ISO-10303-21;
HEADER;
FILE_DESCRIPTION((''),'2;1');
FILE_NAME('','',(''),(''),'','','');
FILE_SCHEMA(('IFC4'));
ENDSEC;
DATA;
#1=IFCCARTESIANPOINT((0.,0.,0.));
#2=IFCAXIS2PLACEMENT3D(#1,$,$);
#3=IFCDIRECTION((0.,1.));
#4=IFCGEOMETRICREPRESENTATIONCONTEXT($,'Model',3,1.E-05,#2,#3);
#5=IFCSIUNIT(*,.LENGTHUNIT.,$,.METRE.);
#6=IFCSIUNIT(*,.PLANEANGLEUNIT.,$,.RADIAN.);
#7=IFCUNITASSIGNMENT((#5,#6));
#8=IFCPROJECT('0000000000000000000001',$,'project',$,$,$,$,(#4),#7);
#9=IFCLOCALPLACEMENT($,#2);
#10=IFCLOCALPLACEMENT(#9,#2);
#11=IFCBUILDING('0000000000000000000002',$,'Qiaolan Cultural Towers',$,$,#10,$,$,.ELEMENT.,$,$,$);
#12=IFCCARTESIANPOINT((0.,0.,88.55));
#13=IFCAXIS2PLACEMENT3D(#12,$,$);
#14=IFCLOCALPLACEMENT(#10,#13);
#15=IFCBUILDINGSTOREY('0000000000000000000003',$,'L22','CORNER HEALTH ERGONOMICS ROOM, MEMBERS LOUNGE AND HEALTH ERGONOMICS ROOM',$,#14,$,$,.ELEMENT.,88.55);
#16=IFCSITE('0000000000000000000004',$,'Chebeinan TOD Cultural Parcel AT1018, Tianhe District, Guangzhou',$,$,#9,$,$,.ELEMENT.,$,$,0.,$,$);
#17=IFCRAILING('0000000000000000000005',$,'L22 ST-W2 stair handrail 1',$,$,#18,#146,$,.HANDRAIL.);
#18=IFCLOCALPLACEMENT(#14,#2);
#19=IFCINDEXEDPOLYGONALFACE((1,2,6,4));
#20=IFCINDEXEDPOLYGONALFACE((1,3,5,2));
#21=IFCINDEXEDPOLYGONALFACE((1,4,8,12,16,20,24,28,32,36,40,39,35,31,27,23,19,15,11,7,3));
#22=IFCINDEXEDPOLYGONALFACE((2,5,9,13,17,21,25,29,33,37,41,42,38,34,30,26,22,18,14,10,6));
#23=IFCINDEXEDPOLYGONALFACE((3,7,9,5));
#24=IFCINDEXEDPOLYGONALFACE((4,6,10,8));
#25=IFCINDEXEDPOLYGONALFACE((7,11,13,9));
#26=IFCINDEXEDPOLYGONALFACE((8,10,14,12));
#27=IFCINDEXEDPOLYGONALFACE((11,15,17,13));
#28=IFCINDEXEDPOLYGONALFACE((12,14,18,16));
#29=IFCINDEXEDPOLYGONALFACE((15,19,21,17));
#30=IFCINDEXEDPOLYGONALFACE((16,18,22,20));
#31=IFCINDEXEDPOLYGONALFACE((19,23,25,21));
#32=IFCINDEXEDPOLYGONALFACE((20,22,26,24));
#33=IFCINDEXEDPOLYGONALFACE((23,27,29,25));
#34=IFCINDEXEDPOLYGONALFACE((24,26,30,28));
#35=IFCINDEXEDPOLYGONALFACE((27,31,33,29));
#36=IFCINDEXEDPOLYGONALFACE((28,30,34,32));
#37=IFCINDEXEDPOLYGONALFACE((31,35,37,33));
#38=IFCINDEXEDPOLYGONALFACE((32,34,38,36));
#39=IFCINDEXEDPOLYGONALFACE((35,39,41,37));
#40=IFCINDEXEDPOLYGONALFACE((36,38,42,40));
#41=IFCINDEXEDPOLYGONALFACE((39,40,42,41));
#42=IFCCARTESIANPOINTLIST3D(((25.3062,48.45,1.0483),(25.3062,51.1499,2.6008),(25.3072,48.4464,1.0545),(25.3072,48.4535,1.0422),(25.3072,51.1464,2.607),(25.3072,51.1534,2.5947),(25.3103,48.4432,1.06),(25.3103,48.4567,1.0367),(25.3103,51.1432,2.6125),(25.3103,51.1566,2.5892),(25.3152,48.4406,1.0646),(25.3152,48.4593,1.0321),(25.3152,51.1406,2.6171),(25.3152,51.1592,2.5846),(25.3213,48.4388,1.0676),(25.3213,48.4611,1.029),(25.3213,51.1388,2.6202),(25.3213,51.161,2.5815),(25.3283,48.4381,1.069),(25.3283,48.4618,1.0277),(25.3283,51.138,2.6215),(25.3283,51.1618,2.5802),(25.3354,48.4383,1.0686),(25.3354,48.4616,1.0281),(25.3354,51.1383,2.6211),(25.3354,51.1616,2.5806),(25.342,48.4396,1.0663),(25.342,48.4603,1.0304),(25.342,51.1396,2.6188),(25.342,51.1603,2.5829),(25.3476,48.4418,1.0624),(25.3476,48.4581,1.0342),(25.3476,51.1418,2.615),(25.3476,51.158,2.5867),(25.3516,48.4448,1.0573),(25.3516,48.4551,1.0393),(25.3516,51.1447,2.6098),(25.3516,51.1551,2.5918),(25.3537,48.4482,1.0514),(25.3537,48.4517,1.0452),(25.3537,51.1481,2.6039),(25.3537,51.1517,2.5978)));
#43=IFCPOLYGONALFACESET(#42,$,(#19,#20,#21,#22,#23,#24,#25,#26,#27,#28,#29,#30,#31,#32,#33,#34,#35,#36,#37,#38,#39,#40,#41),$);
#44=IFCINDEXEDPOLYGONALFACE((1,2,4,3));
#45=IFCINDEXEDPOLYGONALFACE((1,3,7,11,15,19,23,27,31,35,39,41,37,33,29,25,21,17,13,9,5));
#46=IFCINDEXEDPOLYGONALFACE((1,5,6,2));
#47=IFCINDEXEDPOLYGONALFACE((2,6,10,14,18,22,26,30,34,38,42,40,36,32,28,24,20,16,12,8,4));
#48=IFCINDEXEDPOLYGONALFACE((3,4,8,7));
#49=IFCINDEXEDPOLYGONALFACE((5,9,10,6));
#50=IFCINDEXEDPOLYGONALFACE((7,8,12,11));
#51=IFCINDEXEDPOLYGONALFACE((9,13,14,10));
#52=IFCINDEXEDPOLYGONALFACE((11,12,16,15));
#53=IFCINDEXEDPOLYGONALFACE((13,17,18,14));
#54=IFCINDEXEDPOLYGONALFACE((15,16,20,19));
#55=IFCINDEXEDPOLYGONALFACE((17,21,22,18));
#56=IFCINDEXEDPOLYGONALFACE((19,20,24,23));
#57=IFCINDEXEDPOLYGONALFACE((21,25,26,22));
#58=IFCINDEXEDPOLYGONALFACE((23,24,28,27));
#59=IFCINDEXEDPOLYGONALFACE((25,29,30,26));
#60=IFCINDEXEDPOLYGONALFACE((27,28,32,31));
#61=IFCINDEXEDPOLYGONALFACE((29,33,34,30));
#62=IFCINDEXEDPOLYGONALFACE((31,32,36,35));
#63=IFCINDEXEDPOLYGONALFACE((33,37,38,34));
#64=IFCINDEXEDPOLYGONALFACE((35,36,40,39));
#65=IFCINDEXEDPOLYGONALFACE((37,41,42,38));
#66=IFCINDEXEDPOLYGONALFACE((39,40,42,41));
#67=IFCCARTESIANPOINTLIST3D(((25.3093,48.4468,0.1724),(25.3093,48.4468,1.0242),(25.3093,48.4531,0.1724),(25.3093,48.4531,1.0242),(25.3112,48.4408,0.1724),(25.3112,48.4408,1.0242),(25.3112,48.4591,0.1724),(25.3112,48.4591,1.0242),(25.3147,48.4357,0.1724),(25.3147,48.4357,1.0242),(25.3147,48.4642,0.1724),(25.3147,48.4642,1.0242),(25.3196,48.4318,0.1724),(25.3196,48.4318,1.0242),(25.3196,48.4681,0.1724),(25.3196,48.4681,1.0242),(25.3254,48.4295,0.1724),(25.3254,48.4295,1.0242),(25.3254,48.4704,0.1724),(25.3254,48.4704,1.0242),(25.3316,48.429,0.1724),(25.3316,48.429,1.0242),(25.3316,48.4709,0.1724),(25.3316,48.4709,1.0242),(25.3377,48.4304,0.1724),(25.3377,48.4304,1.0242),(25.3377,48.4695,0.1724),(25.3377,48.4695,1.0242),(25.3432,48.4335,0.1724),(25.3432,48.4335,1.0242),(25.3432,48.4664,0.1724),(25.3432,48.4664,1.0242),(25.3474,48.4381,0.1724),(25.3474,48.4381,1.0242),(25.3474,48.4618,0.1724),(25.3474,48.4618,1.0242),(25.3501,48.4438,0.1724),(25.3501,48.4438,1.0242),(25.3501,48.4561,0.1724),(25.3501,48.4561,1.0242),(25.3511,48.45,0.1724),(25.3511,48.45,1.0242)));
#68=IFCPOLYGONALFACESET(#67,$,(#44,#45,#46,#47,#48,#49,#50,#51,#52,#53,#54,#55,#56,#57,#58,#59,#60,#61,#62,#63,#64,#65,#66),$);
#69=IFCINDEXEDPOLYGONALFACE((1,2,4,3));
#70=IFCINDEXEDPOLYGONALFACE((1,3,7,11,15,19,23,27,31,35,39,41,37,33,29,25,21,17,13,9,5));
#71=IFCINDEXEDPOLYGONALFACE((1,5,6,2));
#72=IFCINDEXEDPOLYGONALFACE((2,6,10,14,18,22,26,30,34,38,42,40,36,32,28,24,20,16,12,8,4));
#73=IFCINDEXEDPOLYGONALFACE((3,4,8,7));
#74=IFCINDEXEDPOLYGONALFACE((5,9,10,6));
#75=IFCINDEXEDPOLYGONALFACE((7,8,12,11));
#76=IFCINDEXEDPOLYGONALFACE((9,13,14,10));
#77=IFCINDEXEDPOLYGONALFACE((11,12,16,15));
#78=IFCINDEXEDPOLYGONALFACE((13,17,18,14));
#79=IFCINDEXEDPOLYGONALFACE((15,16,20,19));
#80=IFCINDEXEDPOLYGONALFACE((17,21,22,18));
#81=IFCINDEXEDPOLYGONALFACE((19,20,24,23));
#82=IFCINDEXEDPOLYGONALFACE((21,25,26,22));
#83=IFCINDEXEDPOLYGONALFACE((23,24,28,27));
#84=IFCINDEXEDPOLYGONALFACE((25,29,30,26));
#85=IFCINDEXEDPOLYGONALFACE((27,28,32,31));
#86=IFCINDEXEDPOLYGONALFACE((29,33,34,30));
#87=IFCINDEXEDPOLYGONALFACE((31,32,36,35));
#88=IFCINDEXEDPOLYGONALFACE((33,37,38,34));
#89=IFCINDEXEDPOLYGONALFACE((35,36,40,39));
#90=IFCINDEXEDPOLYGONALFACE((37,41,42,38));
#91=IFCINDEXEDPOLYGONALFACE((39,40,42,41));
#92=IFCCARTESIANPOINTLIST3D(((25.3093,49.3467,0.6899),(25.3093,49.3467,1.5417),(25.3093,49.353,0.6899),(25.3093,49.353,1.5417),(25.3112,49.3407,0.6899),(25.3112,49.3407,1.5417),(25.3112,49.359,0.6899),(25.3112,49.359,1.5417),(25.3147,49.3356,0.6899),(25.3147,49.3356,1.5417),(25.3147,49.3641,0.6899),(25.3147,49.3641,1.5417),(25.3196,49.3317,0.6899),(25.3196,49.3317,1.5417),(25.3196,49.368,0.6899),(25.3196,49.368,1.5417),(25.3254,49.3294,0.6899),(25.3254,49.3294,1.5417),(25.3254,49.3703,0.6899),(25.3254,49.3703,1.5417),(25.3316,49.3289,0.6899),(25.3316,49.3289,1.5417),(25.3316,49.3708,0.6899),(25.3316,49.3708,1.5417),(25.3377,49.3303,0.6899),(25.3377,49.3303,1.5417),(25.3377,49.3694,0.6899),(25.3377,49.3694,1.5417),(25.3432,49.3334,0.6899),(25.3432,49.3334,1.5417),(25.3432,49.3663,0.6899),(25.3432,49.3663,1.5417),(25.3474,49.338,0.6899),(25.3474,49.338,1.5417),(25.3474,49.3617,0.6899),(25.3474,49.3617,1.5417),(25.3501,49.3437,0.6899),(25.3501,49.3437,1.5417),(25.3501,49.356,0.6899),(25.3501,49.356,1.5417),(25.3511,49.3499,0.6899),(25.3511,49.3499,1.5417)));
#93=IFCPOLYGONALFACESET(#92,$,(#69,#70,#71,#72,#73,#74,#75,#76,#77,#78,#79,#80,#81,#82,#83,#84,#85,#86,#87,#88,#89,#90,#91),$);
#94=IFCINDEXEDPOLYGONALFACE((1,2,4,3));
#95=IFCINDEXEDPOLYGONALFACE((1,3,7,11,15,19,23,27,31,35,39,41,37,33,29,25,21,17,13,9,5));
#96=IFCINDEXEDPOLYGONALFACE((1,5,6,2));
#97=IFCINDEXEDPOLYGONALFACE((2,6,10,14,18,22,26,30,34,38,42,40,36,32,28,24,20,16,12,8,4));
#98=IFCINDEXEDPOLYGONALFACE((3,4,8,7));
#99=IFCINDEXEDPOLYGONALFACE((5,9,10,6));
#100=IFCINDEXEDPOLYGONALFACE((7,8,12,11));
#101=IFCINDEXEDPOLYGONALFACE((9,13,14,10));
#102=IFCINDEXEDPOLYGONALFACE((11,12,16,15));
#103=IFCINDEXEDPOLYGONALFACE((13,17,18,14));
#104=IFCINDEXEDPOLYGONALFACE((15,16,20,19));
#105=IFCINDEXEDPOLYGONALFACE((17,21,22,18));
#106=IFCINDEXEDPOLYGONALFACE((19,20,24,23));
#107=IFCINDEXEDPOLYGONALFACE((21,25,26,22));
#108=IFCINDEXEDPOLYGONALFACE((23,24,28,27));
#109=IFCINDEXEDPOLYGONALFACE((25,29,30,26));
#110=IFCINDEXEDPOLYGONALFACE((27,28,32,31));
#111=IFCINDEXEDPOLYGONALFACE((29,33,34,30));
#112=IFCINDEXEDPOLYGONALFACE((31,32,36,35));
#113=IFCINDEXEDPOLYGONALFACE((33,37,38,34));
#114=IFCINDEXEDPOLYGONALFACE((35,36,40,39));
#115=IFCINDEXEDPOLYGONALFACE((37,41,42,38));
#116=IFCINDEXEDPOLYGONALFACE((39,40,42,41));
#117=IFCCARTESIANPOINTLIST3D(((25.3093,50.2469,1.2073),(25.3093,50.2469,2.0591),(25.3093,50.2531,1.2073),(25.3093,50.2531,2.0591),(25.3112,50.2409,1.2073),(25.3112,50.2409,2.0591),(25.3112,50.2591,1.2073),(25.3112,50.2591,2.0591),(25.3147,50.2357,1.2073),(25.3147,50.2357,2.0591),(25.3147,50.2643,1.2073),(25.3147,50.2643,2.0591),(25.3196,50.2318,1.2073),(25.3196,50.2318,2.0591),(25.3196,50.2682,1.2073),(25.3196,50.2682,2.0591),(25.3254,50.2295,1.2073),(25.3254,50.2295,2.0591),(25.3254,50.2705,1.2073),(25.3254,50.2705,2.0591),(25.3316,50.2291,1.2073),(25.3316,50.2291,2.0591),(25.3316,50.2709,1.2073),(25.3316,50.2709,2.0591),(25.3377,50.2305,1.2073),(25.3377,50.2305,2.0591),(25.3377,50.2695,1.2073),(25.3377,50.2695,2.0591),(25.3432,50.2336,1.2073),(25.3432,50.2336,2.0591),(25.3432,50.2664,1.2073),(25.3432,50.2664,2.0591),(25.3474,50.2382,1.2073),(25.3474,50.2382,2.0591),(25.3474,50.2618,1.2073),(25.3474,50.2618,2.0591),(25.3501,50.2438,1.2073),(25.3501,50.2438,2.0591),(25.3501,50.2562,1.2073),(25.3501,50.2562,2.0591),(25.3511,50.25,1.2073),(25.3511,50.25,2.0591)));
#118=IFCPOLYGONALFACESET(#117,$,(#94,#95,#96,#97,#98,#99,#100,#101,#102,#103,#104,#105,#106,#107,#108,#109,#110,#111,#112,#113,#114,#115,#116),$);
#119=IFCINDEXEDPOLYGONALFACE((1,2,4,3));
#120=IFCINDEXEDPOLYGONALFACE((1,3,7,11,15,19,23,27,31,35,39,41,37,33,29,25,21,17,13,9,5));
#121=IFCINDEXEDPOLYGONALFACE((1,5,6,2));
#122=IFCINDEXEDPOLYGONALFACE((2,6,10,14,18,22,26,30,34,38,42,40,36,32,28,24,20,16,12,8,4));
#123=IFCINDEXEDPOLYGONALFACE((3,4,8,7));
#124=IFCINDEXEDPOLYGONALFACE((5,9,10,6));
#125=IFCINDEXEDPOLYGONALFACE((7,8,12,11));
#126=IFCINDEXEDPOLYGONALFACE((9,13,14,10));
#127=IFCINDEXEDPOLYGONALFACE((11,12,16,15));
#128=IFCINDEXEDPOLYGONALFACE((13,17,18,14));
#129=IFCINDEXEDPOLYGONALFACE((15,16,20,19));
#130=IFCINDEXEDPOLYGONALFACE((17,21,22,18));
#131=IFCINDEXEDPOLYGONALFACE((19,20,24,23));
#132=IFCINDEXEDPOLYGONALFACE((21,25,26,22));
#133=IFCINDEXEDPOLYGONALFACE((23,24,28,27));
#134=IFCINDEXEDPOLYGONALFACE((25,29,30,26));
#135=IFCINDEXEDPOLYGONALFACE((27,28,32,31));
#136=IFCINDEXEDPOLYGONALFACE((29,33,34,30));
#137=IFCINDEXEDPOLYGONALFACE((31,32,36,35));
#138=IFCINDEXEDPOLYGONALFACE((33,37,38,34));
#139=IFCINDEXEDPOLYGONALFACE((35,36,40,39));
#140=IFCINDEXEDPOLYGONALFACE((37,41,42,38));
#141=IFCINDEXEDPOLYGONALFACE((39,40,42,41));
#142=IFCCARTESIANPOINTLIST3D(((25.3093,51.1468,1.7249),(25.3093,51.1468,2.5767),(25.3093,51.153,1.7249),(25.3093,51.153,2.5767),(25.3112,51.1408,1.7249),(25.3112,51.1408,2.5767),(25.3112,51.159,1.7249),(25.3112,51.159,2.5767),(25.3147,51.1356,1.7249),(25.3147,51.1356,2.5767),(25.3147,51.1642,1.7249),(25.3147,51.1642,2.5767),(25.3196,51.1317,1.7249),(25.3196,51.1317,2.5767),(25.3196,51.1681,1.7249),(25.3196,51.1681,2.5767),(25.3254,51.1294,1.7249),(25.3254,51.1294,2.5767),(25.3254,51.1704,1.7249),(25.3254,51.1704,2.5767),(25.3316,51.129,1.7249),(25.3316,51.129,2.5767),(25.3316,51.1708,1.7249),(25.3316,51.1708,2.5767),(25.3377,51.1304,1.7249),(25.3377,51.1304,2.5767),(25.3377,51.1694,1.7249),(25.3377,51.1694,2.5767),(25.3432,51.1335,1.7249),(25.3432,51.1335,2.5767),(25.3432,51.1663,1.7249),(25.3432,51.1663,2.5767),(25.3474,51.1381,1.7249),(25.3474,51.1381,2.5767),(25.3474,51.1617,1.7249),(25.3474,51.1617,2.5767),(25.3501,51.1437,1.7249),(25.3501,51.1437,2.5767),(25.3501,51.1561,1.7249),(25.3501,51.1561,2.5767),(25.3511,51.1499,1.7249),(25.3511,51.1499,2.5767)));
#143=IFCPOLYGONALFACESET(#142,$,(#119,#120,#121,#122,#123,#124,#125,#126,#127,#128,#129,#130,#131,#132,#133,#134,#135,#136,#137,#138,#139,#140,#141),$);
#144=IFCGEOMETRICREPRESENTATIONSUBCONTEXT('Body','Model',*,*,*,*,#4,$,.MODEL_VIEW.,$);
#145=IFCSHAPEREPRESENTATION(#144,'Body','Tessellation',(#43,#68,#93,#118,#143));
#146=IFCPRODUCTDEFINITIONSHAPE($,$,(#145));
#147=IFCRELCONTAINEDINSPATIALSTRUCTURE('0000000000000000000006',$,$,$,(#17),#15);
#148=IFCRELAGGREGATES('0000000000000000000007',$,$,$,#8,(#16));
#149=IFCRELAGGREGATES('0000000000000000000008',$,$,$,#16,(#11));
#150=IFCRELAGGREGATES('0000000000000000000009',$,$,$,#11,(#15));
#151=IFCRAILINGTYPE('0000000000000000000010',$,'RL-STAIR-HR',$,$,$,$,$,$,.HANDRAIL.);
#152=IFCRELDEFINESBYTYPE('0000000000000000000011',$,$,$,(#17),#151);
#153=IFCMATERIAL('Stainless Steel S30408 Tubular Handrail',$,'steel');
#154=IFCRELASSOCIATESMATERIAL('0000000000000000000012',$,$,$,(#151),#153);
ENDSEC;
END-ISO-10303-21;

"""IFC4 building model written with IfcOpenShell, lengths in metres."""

from ifc_helpers import new_model, si_unit, direction, frame, origin, origin_2d, place, context, subcontext, project, spatial, circle, extrude, material, type_object, element, save


model = new_model("IFC4")

# Units and contexts
model_context = context("Model", 3, precision=1e-05, world=origin(), true_north=direction((0.0, 1.0)))
body_context = subcontext(model_context, "Body", "Model", "MODEL_VIEW")
ifc_project = project(units=[si_unit("LENGTHUNIT", "METRE"), si_unit("PLANEANGLEUNIT", "RADIAN")], contexts=[model_context])

# Site, building, storey
site_placement = place(None, origin())
site = spatial("IfcSite", under=ifc_project, at=site_placement, Name="Chebeinan TOD Cultural Parcel AT1018, Tianhe District, Guangzhou", CompositionType="ELEMENT", RefElevation=0.0)
building_placement = place(site_placement, origin())
building = spatial("IfcBuilding", under=site, at=building_placement, Name="Qiaolan Cultural Towers", CompositionType="ELEMENT")
storey_placement = place(building_placement, frame((0.0, 0.0, 88.55)))
storey = spatial("IfcBuildingStorey", under=building, at=storey_placement, Name="L22", Description="CORNER HEALTH ERGONOMICS ROOM, MEMBERS LOUNGE AND HEALTH ERGONOMICS ROOM", CompositionType="ELEMENT", Elevation=88.55)

# Railing
ifc_material_1 = material(Name="Stainless Steel S30408 Tubular Handrail", Category="steel")
railing_type_1 = type_object("IfcRailingType", Name="RL-STAIR-HR", PredefinedType="HANDRAIL", material=ifc_material_1)
railing_1_placement = place(storey_placement, frame((25.3301, 48.45, 0.1724)))
element("IfcRailing", 1, at=railing_1_placement, inside=storey, type_object=railing_type_1, Name="L22 ST-W2 stair handrail 1", PredefinedType="HANDRAIL", context=body_context, shape_type="SweptSolid", body=[
    extrude(circle(Radius=0.0239, at=origin_2d()), frame((0.0, 0.0, 0.876), z_axis=(0.0, 0.866904, 0.498476), x_axis=(-1.0, 0.0, 0.0)), (0.0, 0.0, 1.0), 3.1145),
    extrude(circle(Radius=0.021, at=origin_2d()), origin(), (0.0, 0.0, 1.0), 0.8518),
    extrude(circle(Radius=0.021, at=origin_2d()), frame((0.0, 0.8999, 0.5176)), (0.0, 0.0, 1.0), 0.8518),
    extrude(circle(Radius=0.021, at=origin_2d()), frame((0.0, 1.8, 1.0349)), (0.0, 0.0, 1.0), 0.8518),
    extrude(circle(Radius=0.021, at=origin_2d()), frame((0.0, 2.7, 1.5525)), (0.0, 0.0, 1.0), 0.8518),
])

save(model, "model.ifc")
